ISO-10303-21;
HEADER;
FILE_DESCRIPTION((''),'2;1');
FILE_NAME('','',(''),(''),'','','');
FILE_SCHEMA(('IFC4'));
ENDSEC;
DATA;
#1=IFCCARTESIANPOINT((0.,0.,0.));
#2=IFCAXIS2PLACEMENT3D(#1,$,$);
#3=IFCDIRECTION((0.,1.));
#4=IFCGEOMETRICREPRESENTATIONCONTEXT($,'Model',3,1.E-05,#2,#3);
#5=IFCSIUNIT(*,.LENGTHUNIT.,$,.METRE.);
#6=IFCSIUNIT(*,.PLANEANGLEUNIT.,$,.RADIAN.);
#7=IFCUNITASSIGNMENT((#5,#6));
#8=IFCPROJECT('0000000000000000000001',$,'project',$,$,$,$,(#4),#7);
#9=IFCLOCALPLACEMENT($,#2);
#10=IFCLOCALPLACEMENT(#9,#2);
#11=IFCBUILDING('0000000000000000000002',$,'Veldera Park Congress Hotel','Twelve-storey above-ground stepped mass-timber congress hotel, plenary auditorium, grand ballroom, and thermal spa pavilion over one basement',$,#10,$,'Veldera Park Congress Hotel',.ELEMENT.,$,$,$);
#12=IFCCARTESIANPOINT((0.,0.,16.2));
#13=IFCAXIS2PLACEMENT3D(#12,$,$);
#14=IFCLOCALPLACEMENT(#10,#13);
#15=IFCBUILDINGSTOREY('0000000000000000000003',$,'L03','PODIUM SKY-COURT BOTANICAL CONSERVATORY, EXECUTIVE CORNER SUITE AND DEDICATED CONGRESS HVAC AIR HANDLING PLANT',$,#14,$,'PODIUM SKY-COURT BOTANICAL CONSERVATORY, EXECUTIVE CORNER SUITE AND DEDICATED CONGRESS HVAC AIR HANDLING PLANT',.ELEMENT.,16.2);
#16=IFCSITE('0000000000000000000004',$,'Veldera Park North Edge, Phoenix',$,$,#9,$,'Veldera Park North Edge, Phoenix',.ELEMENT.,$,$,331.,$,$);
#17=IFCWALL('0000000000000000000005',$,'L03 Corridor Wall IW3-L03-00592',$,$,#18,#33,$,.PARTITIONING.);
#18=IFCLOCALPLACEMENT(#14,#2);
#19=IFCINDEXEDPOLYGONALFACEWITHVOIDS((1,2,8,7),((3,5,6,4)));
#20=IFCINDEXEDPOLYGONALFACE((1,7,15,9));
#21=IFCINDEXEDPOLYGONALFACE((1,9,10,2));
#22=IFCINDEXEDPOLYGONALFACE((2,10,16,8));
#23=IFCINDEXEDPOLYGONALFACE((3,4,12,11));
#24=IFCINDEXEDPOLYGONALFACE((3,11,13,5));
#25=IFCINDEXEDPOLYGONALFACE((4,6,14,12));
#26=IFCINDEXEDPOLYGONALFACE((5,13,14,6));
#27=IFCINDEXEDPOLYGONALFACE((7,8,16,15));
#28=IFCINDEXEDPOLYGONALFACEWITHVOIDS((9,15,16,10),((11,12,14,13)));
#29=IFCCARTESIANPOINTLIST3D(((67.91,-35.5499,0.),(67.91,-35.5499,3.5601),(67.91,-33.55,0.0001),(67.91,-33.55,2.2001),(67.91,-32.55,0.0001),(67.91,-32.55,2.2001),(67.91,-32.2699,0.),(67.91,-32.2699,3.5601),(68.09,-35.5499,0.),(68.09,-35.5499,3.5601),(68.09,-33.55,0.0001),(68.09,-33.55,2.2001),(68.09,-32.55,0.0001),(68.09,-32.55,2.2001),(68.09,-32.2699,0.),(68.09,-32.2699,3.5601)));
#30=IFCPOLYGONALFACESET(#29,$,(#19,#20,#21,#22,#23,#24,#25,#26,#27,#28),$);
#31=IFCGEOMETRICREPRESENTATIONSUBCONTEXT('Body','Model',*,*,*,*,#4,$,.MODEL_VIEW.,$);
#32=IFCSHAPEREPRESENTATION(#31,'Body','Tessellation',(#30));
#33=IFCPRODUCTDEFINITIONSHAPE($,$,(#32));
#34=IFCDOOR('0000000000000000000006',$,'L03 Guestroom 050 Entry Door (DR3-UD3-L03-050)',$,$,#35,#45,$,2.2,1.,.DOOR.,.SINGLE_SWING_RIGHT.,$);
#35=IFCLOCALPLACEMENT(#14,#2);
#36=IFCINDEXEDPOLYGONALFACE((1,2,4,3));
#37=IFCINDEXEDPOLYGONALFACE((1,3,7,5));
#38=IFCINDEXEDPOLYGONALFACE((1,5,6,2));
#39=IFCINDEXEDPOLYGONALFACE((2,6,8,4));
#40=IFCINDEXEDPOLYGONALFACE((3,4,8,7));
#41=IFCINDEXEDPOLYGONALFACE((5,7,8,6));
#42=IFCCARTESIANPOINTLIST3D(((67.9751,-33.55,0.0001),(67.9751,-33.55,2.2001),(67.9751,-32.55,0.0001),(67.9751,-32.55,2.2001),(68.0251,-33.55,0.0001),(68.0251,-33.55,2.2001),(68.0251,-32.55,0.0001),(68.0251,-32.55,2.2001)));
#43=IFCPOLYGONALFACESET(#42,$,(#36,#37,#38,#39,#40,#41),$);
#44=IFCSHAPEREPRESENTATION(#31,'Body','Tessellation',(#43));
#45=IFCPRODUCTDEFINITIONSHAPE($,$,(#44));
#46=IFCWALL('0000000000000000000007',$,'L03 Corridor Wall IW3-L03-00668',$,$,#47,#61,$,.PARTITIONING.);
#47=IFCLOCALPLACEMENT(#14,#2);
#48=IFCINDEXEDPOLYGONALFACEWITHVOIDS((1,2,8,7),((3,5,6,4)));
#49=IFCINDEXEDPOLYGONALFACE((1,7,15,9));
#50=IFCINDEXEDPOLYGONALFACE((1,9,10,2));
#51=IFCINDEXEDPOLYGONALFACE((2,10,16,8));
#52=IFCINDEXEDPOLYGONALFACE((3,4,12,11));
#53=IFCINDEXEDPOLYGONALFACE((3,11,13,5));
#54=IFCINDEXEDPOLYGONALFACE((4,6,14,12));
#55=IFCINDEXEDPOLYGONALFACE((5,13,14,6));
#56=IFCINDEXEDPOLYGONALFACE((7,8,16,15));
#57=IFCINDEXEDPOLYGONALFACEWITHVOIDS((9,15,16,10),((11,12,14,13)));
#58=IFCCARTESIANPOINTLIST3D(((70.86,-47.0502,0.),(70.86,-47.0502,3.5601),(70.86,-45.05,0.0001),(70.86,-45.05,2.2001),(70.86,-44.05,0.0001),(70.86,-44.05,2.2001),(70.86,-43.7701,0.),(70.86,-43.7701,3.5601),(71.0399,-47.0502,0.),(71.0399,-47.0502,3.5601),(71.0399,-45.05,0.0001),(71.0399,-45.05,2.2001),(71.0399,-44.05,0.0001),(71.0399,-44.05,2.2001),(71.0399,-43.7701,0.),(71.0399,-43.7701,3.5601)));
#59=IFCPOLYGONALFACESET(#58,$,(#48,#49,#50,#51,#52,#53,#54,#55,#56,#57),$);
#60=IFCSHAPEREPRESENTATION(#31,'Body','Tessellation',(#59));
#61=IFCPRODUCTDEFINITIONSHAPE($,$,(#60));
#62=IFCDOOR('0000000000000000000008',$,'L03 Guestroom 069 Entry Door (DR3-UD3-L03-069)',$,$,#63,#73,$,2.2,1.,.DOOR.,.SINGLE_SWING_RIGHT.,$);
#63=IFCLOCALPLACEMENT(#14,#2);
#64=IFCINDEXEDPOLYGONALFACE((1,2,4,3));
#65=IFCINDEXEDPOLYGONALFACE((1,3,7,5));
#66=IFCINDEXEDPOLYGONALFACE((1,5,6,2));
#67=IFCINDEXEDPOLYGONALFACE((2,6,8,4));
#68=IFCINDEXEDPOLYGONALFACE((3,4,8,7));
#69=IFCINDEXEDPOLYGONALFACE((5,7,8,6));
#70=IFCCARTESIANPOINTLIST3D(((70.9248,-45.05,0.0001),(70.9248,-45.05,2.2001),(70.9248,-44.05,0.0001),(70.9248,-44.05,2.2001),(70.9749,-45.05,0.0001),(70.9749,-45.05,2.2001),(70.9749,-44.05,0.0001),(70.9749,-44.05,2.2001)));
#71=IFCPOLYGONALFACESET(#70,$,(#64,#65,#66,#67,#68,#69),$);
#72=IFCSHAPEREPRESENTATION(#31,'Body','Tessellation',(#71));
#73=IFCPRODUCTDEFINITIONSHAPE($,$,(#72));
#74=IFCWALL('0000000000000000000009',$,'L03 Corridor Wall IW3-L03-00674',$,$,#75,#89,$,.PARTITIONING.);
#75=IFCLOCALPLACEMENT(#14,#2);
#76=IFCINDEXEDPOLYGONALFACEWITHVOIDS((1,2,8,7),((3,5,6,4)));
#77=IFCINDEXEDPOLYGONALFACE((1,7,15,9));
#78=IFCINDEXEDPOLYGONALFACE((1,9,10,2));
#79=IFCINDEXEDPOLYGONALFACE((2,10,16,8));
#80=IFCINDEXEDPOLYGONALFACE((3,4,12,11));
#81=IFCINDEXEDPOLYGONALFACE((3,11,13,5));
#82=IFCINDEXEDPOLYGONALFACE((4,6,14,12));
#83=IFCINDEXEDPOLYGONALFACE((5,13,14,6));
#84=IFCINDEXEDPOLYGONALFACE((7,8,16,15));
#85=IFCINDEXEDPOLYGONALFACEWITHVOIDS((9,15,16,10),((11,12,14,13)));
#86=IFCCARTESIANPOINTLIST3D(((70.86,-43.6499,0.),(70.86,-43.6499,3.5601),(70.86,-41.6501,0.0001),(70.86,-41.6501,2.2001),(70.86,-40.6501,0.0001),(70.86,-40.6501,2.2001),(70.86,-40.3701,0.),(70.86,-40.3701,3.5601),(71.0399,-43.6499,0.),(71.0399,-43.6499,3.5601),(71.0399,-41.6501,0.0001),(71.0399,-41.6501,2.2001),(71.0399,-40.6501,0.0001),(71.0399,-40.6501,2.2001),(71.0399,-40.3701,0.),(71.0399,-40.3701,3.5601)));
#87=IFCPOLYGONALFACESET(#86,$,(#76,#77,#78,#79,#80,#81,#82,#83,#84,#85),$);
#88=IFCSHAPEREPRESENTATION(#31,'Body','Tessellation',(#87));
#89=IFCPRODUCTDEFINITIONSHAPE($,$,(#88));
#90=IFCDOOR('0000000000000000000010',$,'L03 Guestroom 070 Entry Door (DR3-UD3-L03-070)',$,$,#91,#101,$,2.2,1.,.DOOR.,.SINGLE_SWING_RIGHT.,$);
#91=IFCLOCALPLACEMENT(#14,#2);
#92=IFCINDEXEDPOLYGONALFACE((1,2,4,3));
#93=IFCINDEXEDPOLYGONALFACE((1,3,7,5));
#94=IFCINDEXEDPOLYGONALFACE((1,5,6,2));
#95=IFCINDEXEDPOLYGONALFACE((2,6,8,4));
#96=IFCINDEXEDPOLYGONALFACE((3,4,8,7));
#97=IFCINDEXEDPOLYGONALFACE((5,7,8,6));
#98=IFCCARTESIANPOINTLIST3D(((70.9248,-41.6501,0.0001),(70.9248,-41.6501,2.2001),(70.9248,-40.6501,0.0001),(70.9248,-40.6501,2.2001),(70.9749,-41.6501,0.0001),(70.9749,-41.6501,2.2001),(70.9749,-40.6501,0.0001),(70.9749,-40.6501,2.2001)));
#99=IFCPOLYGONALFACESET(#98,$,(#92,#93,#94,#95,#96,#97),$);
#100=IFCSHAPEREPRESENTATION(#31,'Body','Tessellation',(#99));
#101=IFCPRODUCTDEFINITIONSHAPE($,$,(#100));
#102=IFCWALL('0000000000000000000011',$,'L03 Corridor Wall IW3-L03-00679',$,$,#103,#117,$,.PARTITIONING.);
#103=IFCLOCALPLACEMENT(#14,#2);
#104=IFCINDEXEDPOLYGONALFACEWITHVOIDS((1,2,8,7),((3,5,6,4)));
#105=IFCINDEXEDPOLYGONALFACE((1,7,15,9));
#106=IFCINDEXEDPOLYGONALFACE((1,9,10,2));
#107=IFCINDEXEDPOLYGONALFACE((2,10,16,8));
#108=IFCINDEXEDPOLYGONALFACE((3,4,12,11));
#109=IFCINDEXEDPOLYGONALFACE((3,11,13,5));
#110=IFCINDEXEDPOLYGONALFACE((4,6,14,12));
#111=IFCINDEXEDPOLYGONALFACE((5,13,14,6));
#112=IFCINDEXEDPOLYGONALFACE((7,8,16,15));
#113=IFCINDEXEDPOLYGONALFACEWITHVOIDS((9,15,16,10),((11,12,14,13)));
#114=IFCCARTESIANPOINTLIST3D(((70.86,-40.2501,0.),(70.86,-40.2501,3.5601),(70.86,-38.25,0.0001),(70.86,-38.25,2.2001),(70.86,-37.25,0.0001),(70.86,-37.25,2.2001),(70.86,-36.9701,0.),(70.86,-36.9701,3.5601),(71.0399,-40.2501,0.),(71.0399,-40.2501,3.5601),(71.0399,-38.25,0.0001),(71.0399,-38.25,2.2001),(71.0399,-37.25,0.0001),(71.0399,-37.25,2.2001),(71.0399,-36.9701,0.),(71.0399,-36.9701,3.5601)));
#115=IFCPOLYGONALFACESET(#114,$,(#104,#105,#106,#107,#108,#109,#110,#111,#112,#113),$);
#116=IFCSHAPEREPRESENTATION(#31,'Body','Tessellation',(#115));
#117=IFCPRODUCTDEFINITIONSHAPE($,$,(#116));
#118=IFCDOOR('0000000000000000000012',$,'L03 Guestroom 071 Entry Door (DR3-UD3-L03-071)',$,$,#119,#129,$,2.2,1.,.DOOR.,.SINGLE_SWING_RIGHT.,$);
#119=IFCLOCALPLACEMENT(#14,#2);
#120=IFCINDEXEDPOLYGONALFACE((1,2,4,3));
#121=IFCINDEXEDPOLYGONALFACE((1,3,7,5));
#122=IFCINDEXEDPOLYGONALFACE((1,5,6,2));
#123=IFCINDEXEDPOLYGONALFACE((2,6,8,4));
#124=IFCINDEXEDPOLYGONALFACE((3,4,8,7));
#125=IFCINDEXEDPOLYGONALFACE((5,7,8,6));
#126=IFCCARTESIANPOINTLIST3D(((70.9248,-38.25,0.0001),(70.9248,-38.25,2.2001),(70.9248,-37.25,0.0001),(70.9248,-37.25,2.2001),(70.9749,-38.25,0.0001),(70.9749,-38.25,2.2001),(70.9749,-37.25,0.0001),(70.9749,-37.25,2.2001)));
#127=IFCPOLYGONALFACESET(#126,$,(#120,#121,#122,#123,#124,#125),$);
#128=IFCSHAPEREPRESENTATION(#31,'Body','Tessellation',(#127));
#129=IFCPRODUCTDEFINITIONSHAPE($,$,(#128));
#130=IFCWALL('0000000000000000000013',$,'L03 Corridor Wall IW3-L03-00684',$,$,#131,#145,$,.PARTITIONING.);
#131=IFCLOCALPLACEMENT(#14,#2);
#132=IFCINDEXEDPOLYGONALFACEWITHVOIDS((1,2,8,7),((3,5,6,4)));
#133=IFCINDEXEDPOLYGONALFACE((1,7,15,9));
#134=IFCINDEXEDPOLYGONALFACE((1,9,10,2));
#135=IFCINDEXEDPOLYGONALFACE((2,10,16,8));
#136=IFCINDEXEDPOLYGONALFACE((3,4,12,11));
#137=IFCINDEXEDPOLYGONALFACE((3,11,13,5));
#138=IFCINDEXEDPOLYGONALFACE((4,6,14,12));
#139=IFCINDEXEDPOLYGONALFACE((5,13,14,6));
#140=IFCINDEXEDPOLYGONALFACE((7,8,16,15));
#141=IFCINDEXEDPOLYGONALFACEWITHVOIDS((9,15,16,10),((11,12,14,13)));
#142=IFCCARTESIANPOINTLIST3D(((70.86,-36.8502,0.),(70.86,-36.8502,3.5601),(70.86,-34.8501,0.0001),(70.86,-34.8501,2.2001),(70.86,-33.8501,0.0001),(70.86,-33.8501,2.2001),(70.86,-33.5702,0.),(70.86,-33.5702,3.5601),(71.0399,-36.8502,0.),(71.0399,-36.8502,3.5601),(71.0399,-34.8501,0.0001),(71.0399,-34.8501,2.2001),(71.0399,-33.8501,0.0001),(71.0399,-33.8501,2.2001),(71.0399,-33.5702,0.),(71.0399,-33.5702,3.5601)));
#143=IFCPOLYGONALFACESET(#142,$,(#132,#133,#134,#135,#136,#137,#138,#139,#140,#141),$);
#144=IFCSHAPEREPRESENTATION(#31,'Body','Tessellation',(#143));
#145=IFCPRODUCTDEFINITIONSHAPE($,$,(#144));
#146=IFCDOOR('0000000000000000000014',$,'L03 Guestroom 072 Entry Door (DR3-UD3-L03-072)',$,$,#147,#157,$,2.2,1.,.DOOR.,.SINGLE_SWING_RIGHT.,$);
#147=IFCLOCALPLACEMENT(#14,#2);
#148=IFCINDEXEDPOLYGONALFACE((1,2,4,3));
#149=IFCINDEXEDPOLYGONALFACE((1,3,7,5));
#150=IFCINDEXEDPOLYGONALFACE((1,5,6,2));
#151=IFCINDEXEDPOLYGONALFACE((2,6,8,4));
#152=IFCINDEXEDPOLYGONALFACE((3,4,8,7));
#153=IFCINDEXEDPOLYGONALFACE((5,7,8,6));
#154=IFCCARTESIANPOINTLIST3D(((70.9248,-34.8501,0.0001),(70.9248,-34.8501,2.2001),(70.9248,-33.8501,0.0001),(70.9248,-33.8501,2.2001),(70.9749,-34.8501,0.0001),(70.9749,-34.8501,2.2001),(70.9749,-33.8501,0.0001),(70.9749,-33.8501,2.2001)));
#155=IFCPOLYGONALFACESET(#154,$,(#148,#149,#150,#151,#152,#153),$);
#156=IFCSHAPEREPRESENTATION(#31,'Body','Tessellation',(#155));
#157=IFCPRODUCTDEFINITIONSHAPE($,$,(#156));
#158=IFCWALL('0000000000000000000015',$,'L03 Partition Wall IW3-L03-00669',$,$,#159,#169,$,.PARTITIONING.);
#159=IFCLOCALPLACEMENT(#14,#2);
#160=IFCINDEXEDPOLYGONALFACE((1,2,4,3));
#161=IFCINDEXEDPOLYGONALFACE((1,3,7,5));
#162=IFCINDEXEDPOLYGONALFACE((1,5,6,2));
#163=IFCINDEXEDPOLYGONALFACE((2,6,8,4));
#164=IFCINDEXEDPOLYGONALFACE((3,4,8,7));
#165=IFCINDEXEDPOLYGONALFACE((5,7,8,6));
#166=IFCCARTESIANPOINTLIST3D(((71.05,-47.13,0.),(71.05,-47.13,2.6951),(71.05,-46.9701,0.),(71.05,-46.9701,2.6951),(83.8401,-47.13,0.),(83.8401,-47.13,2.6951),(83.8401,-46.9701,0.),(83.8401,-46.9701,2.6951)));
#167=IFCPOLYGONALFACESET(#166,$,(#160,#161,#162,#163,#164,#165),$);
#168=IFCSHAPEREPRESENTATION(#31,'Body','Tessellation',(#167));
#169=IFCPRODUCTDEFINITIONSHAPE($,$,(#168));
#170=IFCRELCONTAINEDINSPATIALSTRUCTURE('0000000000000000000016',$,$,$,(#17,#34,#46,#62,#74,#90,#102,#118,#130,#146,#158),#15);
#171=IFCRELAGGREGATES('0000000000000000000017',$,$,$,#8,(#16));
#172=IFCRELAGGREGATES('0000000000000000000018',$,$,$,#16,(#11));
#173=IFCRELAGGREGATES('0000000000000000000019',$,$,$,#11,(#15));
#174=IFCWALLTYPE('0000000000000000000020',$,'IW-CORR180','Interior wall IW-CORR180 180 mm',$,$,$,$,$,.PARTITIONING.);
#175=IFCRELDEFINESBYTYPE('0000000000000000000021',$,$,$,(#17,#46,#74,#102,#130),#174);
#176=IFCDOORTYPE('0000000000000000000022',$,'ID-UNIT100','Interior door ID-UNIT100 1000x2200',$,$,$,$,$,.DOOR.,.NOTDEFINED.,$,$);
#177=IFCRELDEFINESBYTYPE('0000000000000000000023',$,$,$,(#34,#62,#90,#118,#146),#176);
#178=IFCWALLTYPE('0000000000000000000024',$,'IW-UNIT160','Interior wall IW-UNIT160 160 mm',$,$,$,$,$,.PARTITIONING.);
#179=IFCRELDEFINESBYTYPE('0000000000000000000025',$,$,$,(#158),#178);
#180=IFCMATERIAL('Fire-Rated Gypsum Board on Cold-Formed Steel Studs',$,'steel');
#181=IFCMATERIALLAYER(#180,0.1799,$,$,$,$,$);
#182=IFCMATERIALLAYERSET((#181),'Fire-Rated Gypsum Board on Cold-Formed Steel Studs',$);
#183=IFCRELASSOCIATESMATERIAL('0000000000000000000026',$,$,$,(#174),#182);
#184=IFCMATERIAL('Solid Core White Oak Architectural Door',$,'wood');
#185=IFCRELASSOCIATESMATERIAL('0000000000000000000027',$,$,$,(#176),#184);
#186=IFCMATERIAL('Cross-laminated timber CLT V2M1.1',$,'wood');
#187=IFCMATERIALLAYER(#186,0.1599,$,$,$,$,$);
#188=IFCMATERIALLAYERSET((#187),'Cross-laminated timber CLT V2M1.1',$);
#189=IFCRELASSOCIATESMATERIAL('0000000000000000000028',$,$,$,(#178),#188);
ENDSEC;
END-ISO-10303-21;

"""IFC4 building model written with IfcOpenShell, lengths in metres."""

from ifc_helpers import new_model, si_unit, direction, frame, frame_2d, origin, place, context, subcontext, project, spatial, rectangle, extrude, material, layer, layer_set, type_object, element, fill, save


model = new_model("IFC4")

# Units and contexts
model_context = context("Model", 3, precision=1e-05, world=origin(), true_north=direction((0.0, 1.0)))
body_context = subcontext(model_context, "Body", "Model", "MODEL_VIEW")
ifc_project = project(units=[si_unit("LENGTHUNIT", "METRE"), si_unit("PLANEANGLEUNIT", "RADIAN")], contexts=[model_context])

# Site, building, storey
site_placement = place(None, origin())
site = spatial("IfcSite", under=ifc_project, at=site_placement, Name="Veldera Park North Edge, Phoenix", LongName="Veldera Park North Edge, Phoenix", CompositionType="ELEMENT", RefElevation=331.0)
building_placement = place(site_placement, origin())
building = spatial("IfcBuilding", under=site, at=building_placement, Name="Veldera Park Congress Hotel", Description="Twelve-storey above-ground stepped mass-timber congress hotel, plenary auditorium, grand ballroom, and thermal spa pavilion over one basement", LongName="Veldera Park Congress Hotel", CompositionType="ELEMENT")
storey_placement = place(building_placement, frame((0.0, 0.0, 16.2)))
storey = spatial("IfcBuildingStorey", under=building, at=storey_placement, Name="L03", Description="PODIUM SKY-COURT BOTANICAL CONSERVATORY, EXECUTIVE CORNER SUITE AND DEDICATED CONGRESS HVAC AIR HANDLING PLANT", LongName="PODIUM SKY-COURT BOTANICAL CONSERVATORY, EXECUTIVE CORNER SUITE AND DEDICATED CONGRESS HVAC AIR HANDLING PLANT", CompositionType="ELEMENT", Elevation=16.2)

# Shared definitions
ifc_material_1 = material(Name="Cross-laminated timber CLT V2M1.1", Category="wood")
ifc_material_2 = material(Name="Fire-Rated Gypsum Board on Cold-Formed Steel Studs", Category="steel")

# Shared definitions
ifc_material_3 = material(Name="Solid Core White Oak Architectural Door", Category="wood")

# Shared definitions
ifc_layer_1 = layer(ifc_material_2, 0.1799)
ifc_layer_set_1 = layer_set([ifc_layer_1], Name="Fire-Rated Gypsum Board on Cold-Formed Steel Studs")
wall_type_1 = type_object("IfcWallType", Name="IW-CORR180", Description="Interior wall IW-CORR180 180 mm", PredefinedType="PARTITIONING", material=ifc_layer_set_1)

# Walls, openings, doors
door_type_1 = type_object("IfcDoorType", Name="ID-UNIT100", Description="Interior door ID-UNIT100 1000x2200", OperationType="NOTDEFINED", PredefinedType="DOOR", material=ifc_material_3)
wall_1_placement = place(storey_placement, frame((68.0, -35.55, 0.0), z_axis=(0.0, 0.0, 1.0), x_axis=(0.0, 1.0, 0.0)))
wall_1 = element("IfcWall", 1, at=wall_1_placement, inside=storey, type_object=wall_type_1, Name="L03 Corridor Wall IW3-L03-00592", PredefinedType="PARTITIONING", context=body_context, shape_type="SweptSolid", body=[
    extrude(rectangle(XDim=3.28, YDim=0.1799, at=frame_2d((1.6401, 0.0))), origin(), (0.0, 0.0, 1.0), 3.5601),
])
opening_1_placement = place(wall_1_placement, frame((2.0, 0.0, 0.0)))
opening_1 = element("IfcOpeningElement", 2, at=opening_1_placement, cuts=wall_1, PredefinedType="OPENING", context=body_context, shape_type="SweptSolid", body=[
    extrude(rectangle(XDim=1.0, YDim=2.2, at=frame_2d((0.5, 1.1001))), frame((0.0, 0.1021, 0.0), z_axis=(0.0, -1.0, 0.0), x_axis=(1.0, 0.0, 0.0)), (0.0, 0.0, 1.0), 0.2039),
])
door_1_placement = place(opening_1_placement, origin())
door_1 = element("IfcDoor", 3, at=door_1_placement, inside=storey, type_object=door_type_1, Name="L03 Guestroom 050 Entry Door (DR3-UD3-L03-050)", OperationType="SINGLE_SWING_RIGHT", OverallHeight=2.2, OverallWidth=1.0, PredefinedType="DOOR", context=body_context, shape_type="SweptSolid", body=[
    extrude(rectangle(XDim=1.0, YDim=2.2, at=frame_2d((0.5, 1.1001))), frame((0.0, 0.0249, 0.0), z_axis=(0.0, -1.0, 0.0), x_axis=(1.0, 0.0, 0.0)), (0.0, 0.0, 1.0), 0.05),
])
fill(opening_1, door_1)
wall_2_placement = place(storey_placement, frame((70.95, -43.77, 0.0), z_axis=(0.0, 0.0, 1.0), x_axis=(0.0, -1.0, 0.0)))
wall_2 = element("IfcWall", 4, at=wall_2_placement, inside=storey, type_object=wall_type_1, Name="L03 Corridor Wall IW3-L03-00668", PredefinedType="PARTITIONING", context=body_context, shape_type="SweptSolid", body=[
    extrude(rectangle(XDim=3.28, YDim=0.1799, at=frame_2d((1.6401, 0.0))), origin(), (0.0, 0.0, 1.0), 3.5601),
])
opening_2_placement = place(wall_2_placement, frame((0.28, 0.0, 0.0)))
opening_2 = element("IfcOpeningElement", 5, at=opening_2_placement, cuts=wall_2, PredefinedType="OPENING", context=body_context, shape_type="SweptSolid", body=[
    extrude(rectangle(XDim=1.0, YDim=2.2, at=frame_2d((0.5, 1.1001))), frame((0.0, 0.1021, 0.0), z_axis=(0.0, -1.0, 0.0), x_axis=(1.0, 0.0, 0.0)), (0.0, 0.0, 1.0), 0.2039),
])
door_2_placement = place(opening_2_placement, origin())
door_2 = element("IfcDoor", 6, at=door_2_placement, inside=storey, type_object=door_type_1, Name="L03 Guestroom 069 Entry Door (DR3-UD3-L03-069)", OperationType="SINGLE_SWING_RIGHT", OverallHeight=2.2, OverallWidth=1.0, PredefinedType="DOOR", context=body_context, shape_type="SweptSolid", body=[
    extrude(rectangle(XDim=1.0, YDim=2.2, at=frame_2d((0.5, 1.1001))), frame((0.0, 0.0249, 0.0), z_axis=(0.0, -1.0, 0.0), x_axis=(1.0, 0.0, 0.0)), (0.0, 0.0, 1.0), 0.05),
])
fill(opening_2, door_2)
wall_3_placement = place(storey_placement, frame((70.95, -40.3701, 0.0), z_axis=(0.0, 0.0, 1.0), x_axis=(0.0, -1.0, 0.0)))
wall_3 = element("IfcWall", 7, at=wall_3_placement, inside=storey, type_object=wall_type_1, Name="L03 Corridor Wall IW3-L03-00674", PredefinedType="PARTITIONING", context=body_context, shape_type="SweptSolid", body=[
    extrude(rectangle(XDim=3.2798, YDim=0.1799, at=frame_2d((1.6399, 0.0))), origin(), (0.0, 0.0, 1.0), 3.5601),
])
opening_3_placement = place(wall_3_placement, frame((0.28, 0.0, 0.0)))
opening_3 = element("IfcOpeningElement", 8, at=opening_3_placement, cuts=wall_3, PredefinedType="OPENING", context=body_context, shape_type="SweptSolid", body=[
    extrude(rectangle(XDim=1.0, YDim=2.2, at=frame_2d((0.5, 1.1001))), frame((0.0, 0.1021, 0.0), z_axis=(0.0, -1.0, 0.0), x_axis=(1.0, 0.0, 0.0)), (0.0, 0.0, 1.0), 0.2039),
])
door_3_placement = place(opening_3_placement, origin())
door_3 = element("IfcDoor", 9, at=door_3_placement, inside=storey, type_object=door_type_1, Name="L03 Guestroom 070 Entry Door (DR3-UD3-L03-070)", OperationType="SINGLE_SWING_RIGHT", OverallHeight=2.2, OverallWidth=1.0, PredefinedType="DOOR", context=body_context, shape_type="SweptSolid", body=[
    extrude(rectangle(XDim=1.0, YDim=2.2, at=frame_2d((0.5, 1.1001))), frame((0.0, 0.0249, 0.0), z_axis=(0.0, -1.0, 0.0), x_axis=(1.0, 0.0, 0.0)), (0.0, 0.0, 1.0), 0.05),
])
fill(opening_3, door_3)
wall_4_placement = place(storey_placement, frame((70.95, -36.97, 0.0), z_axis=(0.0, 0.0, 1.0), x_axis=(0.0, -1.0, 0.0)))
wall_4 = element("IfcWall", 10, at=wall_4_placement, inside=storey, type_object=wall_type_1, Name="L03 Corridor Wall IW3-L03-00679", PredefinedType="PARTITIONING", context=body_context, shape_type="SweptSolid", body=[
    extrude(rectangle(XDim=3.28, YDim=0.1799, at=frame_2d((1.6401, 0.0))), origin(), (0.0, 0.0, 1.0), 3.5601),
])
opening_4_placement = place(wall_4_placement, frame((0.28, 0.0, 0.0)))
opening_4 = element("IfcOpeningElement", 11, at=opening_4_placement, cuts=wall_4, PredefinedType="OPENING", context=body_context, shape_type="SweptSolid", body=[
    extrude(rectangle(XDim=1.0, YDim=2.2, at=frame_2d((0.5, 1.1001))), frame((0.0, 0.1021, 0.0), z_axis=(0.0, -1.0, 0.0), x_axis=(1.0, 0.0, 0.0)), (0.0, 0.0, 1.0), 0.2039),
])
door_4_placement = place(opening_4_placement, origin())
door_4 = element("IfcDoor", 12, at=door_4_placement, inside=storey, type_object=door_type_1, Name="L03 Guestroom 071 Entry Door (DR3-UD3-L03-071)", OperationType="SINGLE_SWING_RIGHT", OverallHeight=2.2, OverallWidth=1.0, PredefinedType="DOOR", context=body_context, shape_type="SweptSolid", body=[
    extrude(rectangle(XDim=1.0, YDim=2.2, at=frame_2d((0.5, 1.1001))), frame((0.0, 0.0249, 0.0), z_axis=(0.0, -1.0, 0.0), x_axis=(1.0, 0.0, 0.0)), (0.0, 0.0, 1.0), 0.05),
])
fill(opening_4, door_4)
wall_5_placement = place(storey_placement, frame((70.95, -33.5701, 0.0), z_axis=(0.0, 0.0, 1.0), x_axis=(0.0, -1.0, 0.0)))
wall_5 = element("IfcWall", 13, at=wall_5_placement, inside=storey, type_object=wall_type_1, Name="L03 Corridor Wall IW3-L03-00684", PredefinedType="PARTITIONING", context=body_context, shape_type="SweptSolid", body=[
    extrude(rectangle(XDim=3.28, YDim=0.1799, at=frame_2d((1.6401, 0.0))), origin(), (0.0, 0.0, 1.0), 3.5601),
])
opening_5_placement = place(wall_5_placement, frame((0.28, 0.0, 0.0)))
opening_5 = element("IfcOpeningElement", 14, at=opening_5_placement, cuts=wall_5, PredefinedType="OPENING", context=body_context, shape_type="SweptSolid", body=[
    extrude(rectangle(XDim=1.0, YDim=2.2, at=frame_2d((0.5, 1.1001))), frame((0.0, 0.1021, 0.0), z_axis=(0.0, -1.0, 0.0), x_axis=(1.0, 0.0, 0.0)), (0.0, 0.0, 1.0), 0.2039),
])
door_5_placement = place(opening_5_placement, origin())
door_5 = element("IfcDoor", 15, at=door_5_placement, inside=storey, type_object=door_type_1, Name="L03 Guestroom 072 Entry Door (DR3-UD3-L03-072)", OperationType="SINGLE_SWING_RIGHT", OverallHeight=2.2, OverallWidth=1.0, PredefinedType="DOOR", context=body_context, shape_type="SweptSolid", body=[
    extrude(rectangle(XDim=1.0, YDim=2.2, at=frame_2d((0.5, 1.1001))), frame((0.0, 0.0249, 0.0), z_axis=(0.0, -1.0, 0.0), x_axis=(1.0, 0.0, 0.0)), (0.0, 0.0, 1.0), 0.05),
])
fill(opening_5, door_5)

# Wall
ifc_layer_2 = layer(ifc_material_1, 0.1599)
ifc_layer_set_2 = layer_set([ifc_layer_2], Name="Cross-laminated timber CLT V2M1.1")
wall_type_2 = type_object("IfcWallType", Name="IW-UNIT160", Description="Interior wall IW-UNIT160 160 mm", PredefinedType="PARTITIONING", material=ifc_layer_set_2)
wall_6_placement = place(storey_placement, frame((71.05, -47.05, 0.0), z_axis=(0.0, 0.0, 1.0), x_axis=(1.0, 0.0, 0.0)))
element("IfcWall", 16, at=wall_6_placement, inside=storey, type_object=wall_type_2, Name="L03 Partition Wall IW3-L03-00669", PredefinedType="PARTITIONING", context=body_context, shape_type="SweptSolid", body=[
    extrude(rectangle(XDim=12.79, YDim=0.1599, at=frame_2d((6.395, 0.0))), origin(), (0.0, 0.0, 1.0), 2.6951),
])

save(model, "model.ifc")
